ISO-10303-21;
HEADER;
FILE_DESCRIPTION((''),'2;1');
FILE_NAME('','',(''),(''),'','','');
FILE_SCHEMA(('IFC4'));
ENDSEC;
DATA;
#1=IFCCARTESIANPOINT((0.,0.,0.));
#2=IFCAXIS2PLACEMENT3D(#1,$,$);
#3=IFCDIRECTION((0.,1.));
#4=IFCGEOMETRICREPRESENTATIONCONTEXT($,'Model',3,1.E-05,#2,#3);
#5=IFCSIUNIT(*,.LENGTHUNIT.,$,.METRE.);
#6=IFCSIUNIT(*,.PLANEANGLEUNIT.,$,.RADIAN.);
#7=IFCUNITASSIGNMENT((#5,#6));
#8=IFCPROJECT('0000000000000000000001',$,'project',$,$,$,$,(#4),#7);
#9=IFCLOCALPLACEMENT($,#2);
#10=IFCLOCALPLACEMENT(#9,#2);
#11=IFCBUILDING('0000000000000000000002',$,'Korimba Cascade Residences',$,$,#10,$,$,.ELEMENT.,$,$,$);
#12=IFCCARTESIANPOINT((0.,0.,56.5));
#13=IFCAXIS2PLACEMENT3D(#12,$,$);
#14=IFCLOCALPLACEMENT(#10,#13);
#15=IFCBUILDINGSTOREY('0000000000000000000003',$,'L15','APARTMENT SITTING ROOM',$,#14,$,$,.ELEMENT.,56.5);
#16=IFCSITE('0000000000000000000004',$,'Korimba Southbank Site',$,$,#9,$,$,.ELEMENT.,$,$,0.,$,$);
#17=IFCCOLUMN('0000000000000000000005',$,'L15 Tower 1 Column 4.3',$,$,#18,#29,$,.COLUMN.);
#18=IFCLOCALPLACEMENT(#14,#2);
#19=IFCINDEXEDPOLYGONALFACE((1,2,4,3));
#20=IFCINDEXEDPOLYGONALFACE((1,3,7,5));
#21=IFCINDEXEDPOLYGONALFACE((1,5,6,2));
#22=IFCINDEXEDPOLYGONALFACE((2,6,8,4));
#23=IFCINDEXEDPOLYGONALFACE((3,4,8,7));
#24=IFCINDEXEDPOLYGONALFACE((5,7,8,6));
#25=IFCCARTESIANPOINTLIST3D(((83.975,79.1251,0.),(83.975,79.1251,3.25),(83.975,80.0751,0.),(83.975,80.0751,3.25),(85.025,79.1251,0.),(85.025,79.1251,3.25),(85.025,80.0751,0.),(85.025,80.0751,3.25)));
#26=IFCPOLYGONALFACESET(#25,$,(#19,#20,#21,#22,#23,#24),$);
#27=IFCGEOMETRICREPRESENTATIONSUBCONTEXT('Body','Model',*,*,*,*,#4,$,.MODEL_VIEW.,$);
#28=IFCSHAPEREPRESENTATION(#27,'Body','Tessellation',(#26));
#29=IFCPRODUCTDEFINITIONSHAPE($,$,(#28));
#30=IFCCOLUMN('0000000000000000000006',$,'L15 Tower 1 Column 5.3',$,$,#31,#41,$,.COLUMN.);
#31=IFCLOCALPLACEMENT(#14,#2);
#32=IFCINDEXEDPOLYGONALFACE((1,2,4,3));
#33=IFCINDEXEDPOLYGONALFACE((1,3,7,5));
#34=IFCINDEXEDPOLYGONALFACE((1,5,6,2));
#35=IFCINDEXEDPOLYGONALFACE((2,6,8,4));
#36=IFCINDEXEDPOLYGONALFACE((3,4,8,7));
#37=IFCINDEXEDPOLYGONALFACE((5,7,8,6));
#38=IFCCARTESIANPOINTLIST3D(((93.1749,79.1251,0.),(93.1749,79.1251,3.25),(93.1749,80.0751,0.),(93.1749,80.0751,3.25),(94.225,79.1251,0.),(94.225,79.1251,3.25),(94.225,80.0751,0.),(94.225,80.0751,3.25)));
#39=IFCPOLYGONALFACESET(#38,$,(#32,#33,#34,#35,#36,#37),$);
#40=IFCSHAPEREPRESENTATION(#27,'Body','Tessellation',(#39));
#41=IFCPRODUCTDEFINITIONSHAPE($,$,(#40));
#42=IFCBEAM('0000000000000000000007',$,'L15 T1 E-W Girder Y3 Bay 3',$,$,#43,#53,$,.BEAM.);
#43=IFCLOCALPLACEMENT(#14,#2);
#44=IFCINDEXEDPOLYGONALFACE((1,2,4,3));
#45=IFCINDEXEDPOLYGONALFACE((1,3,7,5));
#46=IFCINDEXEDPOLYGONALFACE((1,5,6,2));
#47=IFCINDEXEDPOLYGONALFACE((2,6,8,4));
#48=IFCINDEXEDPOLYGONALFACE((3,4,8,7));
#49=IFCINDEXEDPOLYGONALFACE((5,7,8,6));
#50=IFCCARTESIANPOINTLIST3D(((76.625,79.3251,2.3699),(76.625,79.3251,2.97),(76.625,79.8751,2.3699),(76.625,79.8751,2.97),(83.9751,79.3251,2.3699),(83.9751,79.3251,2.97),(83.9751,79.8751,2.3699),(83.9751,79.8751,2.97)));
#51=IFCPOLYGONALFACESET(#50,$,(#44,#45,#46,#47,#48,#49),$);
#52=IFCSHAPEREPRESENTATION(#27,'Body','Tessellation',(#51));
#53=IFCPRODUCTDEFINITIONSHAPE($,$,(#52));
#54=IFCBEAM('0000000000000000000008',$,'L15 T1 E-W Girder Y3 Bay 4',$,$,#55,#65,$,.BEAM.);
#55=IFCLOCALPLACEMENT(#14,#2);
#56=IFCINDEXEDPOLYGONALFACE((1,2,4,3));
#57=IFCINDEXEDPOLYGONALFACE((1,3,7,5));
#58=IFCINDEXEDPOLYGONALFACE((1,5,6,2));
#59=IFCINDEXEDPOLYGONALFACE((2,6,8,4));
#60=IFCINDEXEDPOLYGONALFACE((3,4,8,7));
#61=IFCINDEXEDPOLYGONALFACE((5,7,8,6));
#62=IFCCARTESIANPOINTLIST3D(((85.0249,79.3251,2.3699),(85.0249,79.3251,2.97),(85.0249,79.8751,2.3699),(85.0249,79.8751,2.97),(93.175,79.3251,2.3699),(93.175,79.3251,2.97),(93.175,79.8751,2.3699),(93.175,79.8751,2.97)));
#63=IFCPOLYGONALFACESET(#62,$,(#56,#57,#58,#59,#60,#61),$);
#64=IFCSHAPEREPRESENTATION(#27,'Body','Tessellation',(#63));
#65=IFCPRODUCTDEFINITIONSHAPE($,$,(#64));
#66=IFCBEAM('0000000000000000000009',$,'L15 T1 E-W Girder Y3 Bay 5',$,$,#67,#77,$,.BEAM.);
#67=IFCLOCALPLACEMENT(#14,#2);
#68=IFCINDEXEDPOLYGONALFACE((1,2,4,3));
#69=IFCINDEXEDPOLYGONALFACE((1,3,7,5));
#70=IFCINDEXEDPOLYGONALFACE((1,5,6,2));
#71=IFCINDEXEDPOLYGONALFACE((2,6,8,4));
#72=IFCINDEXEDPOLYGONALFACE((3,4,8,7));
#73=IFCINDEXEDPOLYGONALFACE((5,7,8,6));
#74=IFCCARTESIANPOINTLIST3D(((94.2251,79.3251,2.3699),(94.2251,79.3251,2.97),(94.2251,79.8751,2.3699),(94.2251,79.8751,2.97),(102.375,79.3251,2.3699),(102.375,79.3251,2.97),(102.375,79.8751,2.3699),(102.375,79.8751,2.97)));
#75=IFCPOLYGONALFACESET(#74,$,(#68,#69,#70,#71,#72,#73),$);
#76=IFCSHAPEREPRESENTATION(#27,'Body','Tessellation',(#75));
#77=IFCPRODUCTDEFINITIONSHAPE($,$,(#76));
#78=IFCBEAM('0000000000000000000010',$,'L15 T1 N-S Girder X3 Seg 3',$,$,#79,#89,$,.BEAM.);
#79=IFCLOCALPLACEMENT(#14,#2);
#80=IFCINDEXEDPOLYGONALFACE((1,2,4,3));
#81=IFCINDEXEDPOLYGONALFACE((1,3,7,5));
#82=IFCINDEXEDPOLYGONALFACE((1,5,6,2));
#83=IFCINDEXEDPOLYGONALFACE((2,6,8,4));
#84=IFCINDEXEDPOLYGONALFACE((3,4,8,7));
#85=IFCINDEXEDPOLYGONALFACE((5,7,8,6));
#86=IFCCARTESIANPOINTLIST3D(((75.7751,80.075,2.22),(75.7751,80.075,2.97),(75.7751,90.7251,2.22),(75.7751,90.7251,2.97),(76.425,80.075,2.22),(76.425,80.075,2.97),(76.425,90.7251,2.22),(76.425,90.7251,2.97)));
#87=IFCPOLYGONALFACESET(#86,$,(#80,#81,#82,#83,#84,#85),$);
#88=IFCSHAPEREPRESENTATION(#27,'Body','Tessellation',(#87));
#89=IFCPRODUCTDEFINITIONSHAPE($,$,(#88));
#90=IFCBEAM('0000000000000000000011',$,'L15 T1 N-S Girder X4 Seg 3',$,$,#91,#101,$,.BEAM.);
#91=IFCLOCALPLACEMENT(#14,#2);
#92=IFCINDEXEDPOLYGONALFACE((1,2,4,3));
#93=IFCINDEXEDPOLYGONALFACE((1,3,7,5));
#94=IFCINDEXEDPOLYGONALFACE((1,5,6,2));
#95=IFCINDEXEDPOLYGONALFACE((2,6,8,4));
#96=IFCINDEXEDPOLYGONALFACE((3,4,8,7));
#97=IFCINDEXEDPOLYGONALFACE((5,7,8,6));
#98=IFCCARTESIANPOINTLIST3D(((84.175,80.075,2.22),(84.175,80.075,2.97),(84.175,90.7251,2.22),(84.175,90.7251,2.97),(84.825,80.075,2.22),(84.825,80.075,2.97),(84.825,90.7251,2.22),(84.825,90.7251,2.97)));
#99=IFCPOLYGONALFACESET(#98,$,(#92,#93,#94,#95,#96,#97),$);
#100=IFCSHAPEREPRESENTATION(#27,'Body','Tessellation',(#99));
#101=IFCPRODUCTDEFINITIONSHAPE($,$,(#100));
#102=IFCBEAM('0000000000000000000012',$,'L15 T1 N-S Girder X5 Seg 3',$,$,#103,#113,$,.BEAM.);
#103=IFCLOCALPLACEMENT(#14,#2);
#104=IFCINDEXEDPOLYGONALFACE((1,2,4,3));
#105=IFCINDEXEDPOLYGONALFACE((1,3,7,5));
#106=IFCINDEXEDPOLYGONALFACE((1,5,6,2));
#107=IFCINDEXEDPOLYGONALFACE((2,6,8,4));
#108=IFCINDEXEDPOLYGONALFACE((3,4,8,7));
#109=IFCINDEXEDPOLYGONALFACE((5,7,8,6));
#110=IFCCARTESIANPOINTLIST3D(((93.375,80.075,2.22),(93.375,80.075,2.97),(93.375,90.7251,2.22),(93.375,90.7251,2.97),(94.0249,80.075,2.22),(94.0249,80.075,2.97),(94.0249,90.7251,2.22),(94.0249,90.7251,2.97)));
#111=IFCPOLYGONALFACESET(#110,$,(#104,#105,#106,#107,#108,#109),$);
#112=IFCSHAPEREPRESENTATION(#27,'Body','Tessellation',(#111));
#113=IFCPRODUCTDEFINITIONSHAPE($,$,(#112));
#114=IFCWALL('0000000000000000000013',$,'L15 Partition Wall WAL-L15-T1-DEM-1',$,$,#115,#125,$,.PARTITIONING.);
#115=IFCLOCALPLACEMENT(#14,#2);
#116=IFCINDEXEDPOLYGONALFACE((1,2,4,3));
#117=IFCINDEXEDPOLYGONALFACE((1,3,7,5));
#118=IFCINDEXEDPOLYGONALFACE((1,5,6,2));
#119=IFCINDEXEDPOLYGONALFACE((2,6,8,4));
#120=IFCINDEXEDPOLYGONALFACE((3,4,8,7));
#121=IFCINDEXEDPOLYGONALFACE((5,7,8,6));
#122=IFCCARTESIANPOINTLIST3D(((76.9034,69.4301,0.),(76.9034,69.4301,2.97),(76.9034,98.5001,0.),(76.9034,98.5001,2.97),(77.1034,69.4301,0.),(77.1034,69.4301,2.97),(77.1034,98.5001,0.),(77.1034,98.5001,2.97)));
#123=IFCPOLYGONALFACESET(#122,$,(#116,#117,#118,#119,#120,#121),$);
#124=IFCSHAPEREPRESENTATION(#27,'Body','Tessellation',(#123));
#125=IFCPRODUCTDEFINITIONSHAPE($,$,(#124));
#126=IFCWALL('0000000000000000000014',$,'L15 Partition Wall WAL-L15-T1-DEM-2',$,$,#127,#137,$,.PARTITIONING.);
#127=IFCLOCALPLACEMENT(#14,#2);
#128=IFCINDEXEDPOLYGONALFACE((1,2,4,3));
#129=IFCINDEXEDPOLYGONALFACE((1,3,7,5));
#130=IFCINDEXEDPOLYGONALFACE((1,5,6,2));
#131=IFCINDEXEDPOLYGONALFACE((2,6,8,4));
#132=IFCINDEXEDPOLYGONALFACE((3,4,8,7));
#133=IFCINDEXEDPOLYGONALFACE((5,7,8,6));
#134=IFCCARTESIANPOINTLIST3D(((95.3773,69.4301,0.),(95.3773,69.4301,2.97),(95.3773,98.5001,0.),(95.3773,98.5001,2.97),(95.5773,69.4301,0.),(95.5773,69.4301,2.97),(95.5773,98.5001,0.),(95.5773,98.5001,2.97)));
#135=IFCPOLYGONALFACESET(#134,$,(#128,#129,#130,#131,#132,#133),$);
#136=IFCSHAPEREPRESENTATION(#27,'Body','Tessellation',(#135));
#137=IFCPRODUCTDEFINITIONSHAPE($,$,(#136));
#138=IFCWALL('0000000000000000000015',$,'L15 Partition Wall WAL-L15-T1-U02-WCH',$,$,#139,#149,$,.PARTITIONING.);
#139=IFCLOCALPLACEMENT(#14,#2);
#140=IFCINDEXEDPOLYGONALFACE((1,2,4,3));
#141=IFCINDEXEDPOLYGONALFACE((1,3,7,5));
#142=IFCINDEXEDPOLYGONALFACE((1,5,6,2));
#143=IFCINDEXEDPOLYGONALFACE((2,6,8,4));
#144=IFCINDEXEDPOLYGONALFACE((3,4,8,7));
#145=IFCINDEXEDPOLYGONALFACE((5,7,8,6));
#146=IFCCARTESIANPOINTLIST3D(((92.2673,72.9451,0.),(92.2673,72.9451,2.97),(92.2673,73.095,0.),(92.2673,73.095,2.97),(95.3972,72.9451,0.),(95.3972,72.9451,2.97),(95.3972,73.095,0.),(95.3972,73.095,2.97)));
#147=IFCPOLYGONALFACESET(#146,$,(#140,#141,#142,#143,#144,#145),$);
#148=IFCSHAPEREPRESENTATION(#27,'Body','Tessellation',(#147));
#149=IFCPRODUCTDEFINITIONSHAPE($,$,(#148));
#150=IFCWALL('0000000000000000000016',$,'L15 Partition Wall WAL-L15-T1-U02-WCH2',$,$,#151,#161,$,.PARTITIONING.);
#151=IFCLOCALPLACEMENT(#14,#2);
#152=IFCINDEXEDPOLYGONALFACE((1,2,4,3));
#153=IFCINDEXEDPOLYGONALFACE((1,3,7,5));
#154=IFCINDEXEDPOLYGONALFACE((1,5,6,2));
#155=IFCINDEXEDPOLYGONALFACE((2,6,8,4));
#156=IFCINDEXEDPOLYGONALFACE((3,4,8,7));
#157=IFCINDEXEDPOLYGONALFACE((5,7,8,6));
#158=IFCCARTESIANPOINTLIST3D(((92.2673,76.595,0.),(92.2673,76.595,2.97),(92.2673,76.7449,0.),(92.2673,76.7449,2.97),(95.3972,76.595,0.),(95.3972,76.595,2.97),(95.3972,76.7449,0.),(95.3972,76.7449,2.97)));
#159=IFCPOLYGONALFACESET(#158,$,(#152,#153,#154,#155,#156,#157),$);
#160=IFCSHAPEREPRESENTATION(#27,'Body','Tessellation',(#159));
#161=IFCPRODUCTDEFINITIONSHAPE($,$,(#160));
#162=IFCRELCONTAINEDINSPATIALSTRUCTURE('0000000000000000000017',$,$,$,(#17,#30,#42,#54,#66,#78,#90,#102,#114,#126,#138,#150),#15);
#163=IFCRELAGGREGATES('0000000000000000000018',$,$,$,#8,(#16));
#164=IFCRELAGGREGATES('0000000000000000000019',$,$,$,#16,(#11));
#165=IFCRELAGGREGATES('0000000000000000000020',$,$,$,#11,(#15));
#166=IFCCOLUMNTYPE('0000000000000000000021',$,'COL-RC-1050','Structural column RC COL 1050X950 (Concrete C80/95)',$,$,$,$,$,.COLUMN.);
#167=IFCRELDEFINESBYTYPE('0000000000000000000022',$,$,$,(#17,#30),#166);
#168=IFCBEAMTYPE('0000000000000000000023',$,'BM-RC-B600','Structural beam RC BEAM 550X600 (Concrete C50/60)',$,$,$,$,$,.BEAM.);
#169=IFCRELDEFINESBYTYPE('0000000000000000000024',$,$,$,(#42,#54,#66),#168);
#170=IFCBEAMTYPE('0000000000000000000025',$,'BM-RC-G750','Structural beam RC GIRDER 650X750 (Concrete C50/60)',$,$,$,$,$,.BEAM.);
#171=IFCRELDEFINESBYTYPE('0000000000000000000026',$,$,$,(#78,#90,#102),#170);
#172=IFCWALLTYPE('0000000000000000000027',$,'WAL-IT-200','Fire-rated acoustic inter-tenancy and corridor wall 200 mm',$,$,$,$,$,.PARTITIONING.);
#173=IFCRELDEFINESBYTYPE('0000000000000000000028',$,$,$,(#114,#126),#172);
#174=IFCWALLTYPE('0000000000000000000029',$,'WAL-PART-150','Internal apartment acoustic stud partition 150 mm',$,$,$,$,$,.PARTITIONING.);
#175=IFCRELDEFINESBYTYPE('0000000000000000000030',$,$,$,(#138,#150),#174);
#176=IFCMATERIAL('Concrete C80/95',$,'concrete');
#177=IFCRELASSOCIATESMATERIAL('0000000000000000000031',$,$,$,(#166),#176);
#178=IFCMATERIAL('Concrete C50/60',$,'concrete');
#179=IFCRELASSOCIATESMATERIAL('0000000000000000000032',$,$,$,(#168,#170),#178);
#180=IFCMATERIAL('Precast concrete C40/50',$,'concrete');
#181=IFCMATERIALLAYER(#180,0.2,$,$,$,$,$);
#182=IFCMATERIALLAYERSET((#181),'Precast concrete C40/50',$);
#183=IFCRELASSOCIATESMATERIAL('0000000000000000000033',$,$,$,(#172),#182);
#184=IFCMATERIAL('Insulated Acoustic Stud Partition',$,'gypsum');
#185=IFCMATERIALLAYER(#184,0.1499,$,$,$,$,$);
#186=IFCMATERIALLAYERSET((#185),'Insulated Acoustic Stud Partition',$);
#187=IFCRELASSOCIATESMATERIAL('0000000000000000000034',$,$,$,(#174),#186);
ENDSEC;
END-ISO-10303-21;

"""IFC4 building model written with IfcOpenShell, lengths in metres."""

from ifc_helpers import new_model, si_unit, direction, frame, frame_2d, origin, origin_2d, place, context, subcontext, project, spatial, rectangle, extrude, material, layer, layer_set, material_profile, profile_set, type_object, element, save


model = new_model("IFC4")

# Units and contexts
model_context = context("Model", 3, precision=1e-05, world=origin(), true_north=direction((0.0, 1.0)))
body_context = subcontext(model_context, "Body", "Model", "MODEL_VIEW")
ifc_project = project(units=[si_unit("LENGTHUNIT", "METRE"), si_unit("PLANEANGLEUNIT", "RADIAN")], contexts=[model_context])

# Site, building, storey
site_placement = place(None, origin())
site = spatial("IfcSite", under=ifc_project, at=site_placement, Name="Korimba Southbank Site", CompositionType="ELEMENT", RefElevation=0.0)
building_placement = place(site_placement, origin())
building = spatial("IfcBuilding", under=site, at=building_placement, Name="Korimba Cascade Residences", CompositionType="ELEMENT")
storey_placement = place(building_placement, frame((0.0, 0.0, 56.5)))
storey = spatial("IfcBuildingStorey", under=building, at=storey_placement, Name="L15", Description="APARTMENT SITTING ROOM", CompositionType="ELEMENT", Elevation=56.5)

# Columns
ifc_material_1 = material(Name="Concrete C80/95", Category="concrete")
ifc_material_profile_1 = material_profile(ifc_material_1, rectangle(XDim=1.05, YDim=0.95, at=origin_2d()), Name="Concrete C80/95")
ifc_profile_set_1 = profile_set([ifc_material_profile_1], Name="Concrete C80/95")
column_type = type_object("IfcColumnType", Name="COL-RC-1050", Description="Structural column RC COL 1050X950 (Concrete C80/95)", PredefinedType="COLUMN", material=ifc_profile_set_1)
for number, where, z_axis, x_axis, name in (
    (1, (84.5, 79.6001, 0.0), (0.0, 0.0, 1.0), (1.0, 0.0, 0.0), "L15 Tower 1 Column 4.3"),
    (2, (93.7, 79.6001, 0.0), (0.0, 0.0, 1.0), (1.0, 0.0, 0.0), "L15 Tower 1 Column 5.3"),
):
    element("IfcColumn", number, at=place(storey_placement, frame(where, z_axis=z_axis, x_axis=x_axis)), inside=storey, type_object=column_type, Name=name, PredefinedType="COLUMN", context=body_context, shape_type="SweptSolid", body=[
        extrude(rectangle(XDim=1.05, YDim=0.95, at=origin_2d()), origin(), (0.0, 0.0, 1.0), 3.25),
    ])

# Beams
ifc_material_2 = material(Name="Concrete C50/60", Category="concrete")
ifc_material_profile_2 = material_profile(ifc_material_2, rectangle(XDim=0.55, YDim=0.6001, at=origin_2d()), Name="Concrete C50/60")
ifc_profile_set_2 = profile_set([ifc_material_profile_2], Name="Concrete C50/60")
beam_type_1 = type_object("IfcBeamType", Name="BM-RC-B600", Description="Structural beam RC BEAM 550X600 (Concrete C50/60)", PredefinedType="BEAM", material=ifc_profile_set_2)
beam_1_placement = place(storey_placement, frame((76.625, 79.6001, 2.6699), z_axis=(1.0, 0.0, 0.0), x_axis=(0.0, 1.0, 0.0)))
element("IfcBeam", 3, at=beam_1_placement, inside=storey, type_object=beam_type_1, Name="L15 T1 E-W Girder Y3 Bay 3", PredefinedType="BEAM", context=body_context, shape_type="SweptSolid", body=[
    extrude(rectangle(XDim=0.55, YDim=0.6001, at=origin_2d()), origin(), (0.0, 0.0, 1.0), 7.3501),
])
beam_2_placement = place(storey_placement, frame((85.0249, 79.6001, 2.6699), z_axis=(1.0, 0.0, 0.0), x_axis=(0.0, 1.0, 0.0)))
element("IfcBeam", 4, at=beam_2_placement, inside=storey, type_object=beam_type_1, Name="L15 T1 E-W Girder Y3 Bay 4", PredefinedType="BEAM", context=body_context, shape_type="SweptSolid", body=[
    extrude(rectangle(XDim=0.55, YDim=0.6001, at=origin_2d()), origin(), (0.0, 0.0, 1.0), 8.1501),
])
beam_3_placement = place(storey_placement, frame((94.2251, 79.6001, 2.6699), z_axis=(1.0, 0.0, 0.0), x_axis=(0.0, 1.0, 0.0)))
element("IfcBeam", 5, at=beam_3_placement, inside=storey, type_object=beam_type_1, Name="L15 T1 E-W Girder Y3 Bay 5", PredefinedType="BEAM", context=body_context, shape_type="SweptSolid", body=[
    extrude(rectangle(XDim=0.55, YDim=0.6001, at=origin_2d()), origin(), (0.0, 0.0, 1.0), 8.1499),
])
ifc_material_profile_3 = material_profile(ifc_material_2, rectangle(XDim=0.6499, YDim=0.75, at=origin_2d()), Name="Concrete C50/60")
ifc_profile_set_3 = profile_set([ifc_material_profile_3], Name="Concrete C50/60")
beam_type_2 = type_object("IfcBeamType", Name="BM-RC-G750", Description="Structural beam RC GIRDER 650X750 (Concrete C50/60)", PredefinedType="BEAM", material=ifc_profile_set_3)
for number, where, z_axis, x_axis, name in (
    (6, (76.1001, 80.075, 2.595), (0.0, 1.0, 0.0), (-1.0, 0.0, 0.0), "L15 T1 N-S Girder X3 Seg 3"),
    (7, (84.5, 80.075, 2.595), (0.0, 1.0, 0.0), (-1.0, 0.0, 0.0), "L15 T1 N-S Girder X4 Seg 3"),
    (8, (93.7, 80.075, 2.595), (0.0, 1.0, 0.0), (-1.0, 0.0, 0.0), "L15 T1 N-S Girder X5 Seg 3"),
):
    element("IfcBeam", number, at=place(storey_placement, frame(where, z_axis=z_axis, x_axis=x_axis)), inside=storey, type_object=beam_type_2, Name=name, PredefinedType="BEAM", context=body_context, shape_type="SweptSolid", body=[
        extrude(rectangle(XDim=0.6499, YDim=0.75, at=origin_2d()), origin(), (0.0, 0.0, 1.0), 10.6501),
    ])

# Walls
ifc_material_3 = material(Name="Precast concrete C40/50", Category="concrete")
ifc_layer_1 = layer(ifc_material_3, 0.2)
ifc_layer_set_1 = layer_set([ifc_layer_1], Name="Precast concrete C40/50")
wall_type_1 = type_object("IfcWallType", Name="WAL-IT-200", Description="Fire-rated acoustic inter-tenancy and corridor wall 200 mm", PredefinedType="PARTITIONING", material=ifc_layer_set_1)
for number, where, z_axis, x_axis, name in (
    (9, (77.0034, 69.4299, 0.0), (0.0, 0.0, 1.0), (0.0, 1.0, 0.0), "L15 Partition Wall WAL-L15-T1-DEM-1"),
    (10, (95.4773, 69.4299, 0.0), (0.0, 0.0, 1.0), (0.0, 1.0, 0.0), "L15 Partition Wall WAL-L15-T1-DEM-2"),
):
    element("IfcWall", number, at=place(storey_placement, frame(where, z_axis=z_axis, x_axis=x_axis)), inside=storey, type_object=wall_type_1, Name=name, PredefinedType="PARTITIONING", context=body_context, shape_type="SweptSolid", body=[
        extrude(rectangle(XDim=29.0701, YDim=0.2, at=frame_2d((14.5352, 0.0))), origin(), (0.0, 0.0, 1.0), 2.97),
    ])
ifc_material_4 = material(Name="Insulated Acoustic Stud Partition", Category="gypsum")
ifc_layer_2 = layer(ifc_material_4, 0.1499)
ifc_layer_set_2 = layer_set([ifc_layer_2], Name="Insulated Acoustic Stud Partition")
wall_type_2 = type_object("IfcWallType", Name="WAL-PART-150", Description="Internal apartment acoustic stud partition 150 mm", PredefinedType="PARTITIONING", material=ifc_layer_set_2)
for number, where, z_axis, x_axis, name in (
    (11, (92.2673, 73.02, 0.0), (0.0, 0.0, 1.0), (1.0, 0.0, 0.0), "L15 Partition Wall WAL-L15-T1-U02-WCH"),
    (12, (92.2673, 76.6699, 0.0), (0.0, 0.0, 1.0), (1.0, 0.0, 0.0), "L15 Partition Wall WAL-L15-T1-U02-WCH2"),
):
    element("IfcWall", number, at=place(storey_placement, frame(where, z_axis=z_axis, x_axis=x_axis)), inside=storey, type_object=wall_type_2, Name=name, PredefinedType="PARTITIONING", context=body_context, shape_type="SweptSolid", body=[
        extrude(rectangle(XDim=3.1299, YDim=0.1499, at=frame_2d((1.5649, 0.0))), origin(), (0.0, 0.0, 1.0), 2.97),
    ])

save(model, "model.ifc")
